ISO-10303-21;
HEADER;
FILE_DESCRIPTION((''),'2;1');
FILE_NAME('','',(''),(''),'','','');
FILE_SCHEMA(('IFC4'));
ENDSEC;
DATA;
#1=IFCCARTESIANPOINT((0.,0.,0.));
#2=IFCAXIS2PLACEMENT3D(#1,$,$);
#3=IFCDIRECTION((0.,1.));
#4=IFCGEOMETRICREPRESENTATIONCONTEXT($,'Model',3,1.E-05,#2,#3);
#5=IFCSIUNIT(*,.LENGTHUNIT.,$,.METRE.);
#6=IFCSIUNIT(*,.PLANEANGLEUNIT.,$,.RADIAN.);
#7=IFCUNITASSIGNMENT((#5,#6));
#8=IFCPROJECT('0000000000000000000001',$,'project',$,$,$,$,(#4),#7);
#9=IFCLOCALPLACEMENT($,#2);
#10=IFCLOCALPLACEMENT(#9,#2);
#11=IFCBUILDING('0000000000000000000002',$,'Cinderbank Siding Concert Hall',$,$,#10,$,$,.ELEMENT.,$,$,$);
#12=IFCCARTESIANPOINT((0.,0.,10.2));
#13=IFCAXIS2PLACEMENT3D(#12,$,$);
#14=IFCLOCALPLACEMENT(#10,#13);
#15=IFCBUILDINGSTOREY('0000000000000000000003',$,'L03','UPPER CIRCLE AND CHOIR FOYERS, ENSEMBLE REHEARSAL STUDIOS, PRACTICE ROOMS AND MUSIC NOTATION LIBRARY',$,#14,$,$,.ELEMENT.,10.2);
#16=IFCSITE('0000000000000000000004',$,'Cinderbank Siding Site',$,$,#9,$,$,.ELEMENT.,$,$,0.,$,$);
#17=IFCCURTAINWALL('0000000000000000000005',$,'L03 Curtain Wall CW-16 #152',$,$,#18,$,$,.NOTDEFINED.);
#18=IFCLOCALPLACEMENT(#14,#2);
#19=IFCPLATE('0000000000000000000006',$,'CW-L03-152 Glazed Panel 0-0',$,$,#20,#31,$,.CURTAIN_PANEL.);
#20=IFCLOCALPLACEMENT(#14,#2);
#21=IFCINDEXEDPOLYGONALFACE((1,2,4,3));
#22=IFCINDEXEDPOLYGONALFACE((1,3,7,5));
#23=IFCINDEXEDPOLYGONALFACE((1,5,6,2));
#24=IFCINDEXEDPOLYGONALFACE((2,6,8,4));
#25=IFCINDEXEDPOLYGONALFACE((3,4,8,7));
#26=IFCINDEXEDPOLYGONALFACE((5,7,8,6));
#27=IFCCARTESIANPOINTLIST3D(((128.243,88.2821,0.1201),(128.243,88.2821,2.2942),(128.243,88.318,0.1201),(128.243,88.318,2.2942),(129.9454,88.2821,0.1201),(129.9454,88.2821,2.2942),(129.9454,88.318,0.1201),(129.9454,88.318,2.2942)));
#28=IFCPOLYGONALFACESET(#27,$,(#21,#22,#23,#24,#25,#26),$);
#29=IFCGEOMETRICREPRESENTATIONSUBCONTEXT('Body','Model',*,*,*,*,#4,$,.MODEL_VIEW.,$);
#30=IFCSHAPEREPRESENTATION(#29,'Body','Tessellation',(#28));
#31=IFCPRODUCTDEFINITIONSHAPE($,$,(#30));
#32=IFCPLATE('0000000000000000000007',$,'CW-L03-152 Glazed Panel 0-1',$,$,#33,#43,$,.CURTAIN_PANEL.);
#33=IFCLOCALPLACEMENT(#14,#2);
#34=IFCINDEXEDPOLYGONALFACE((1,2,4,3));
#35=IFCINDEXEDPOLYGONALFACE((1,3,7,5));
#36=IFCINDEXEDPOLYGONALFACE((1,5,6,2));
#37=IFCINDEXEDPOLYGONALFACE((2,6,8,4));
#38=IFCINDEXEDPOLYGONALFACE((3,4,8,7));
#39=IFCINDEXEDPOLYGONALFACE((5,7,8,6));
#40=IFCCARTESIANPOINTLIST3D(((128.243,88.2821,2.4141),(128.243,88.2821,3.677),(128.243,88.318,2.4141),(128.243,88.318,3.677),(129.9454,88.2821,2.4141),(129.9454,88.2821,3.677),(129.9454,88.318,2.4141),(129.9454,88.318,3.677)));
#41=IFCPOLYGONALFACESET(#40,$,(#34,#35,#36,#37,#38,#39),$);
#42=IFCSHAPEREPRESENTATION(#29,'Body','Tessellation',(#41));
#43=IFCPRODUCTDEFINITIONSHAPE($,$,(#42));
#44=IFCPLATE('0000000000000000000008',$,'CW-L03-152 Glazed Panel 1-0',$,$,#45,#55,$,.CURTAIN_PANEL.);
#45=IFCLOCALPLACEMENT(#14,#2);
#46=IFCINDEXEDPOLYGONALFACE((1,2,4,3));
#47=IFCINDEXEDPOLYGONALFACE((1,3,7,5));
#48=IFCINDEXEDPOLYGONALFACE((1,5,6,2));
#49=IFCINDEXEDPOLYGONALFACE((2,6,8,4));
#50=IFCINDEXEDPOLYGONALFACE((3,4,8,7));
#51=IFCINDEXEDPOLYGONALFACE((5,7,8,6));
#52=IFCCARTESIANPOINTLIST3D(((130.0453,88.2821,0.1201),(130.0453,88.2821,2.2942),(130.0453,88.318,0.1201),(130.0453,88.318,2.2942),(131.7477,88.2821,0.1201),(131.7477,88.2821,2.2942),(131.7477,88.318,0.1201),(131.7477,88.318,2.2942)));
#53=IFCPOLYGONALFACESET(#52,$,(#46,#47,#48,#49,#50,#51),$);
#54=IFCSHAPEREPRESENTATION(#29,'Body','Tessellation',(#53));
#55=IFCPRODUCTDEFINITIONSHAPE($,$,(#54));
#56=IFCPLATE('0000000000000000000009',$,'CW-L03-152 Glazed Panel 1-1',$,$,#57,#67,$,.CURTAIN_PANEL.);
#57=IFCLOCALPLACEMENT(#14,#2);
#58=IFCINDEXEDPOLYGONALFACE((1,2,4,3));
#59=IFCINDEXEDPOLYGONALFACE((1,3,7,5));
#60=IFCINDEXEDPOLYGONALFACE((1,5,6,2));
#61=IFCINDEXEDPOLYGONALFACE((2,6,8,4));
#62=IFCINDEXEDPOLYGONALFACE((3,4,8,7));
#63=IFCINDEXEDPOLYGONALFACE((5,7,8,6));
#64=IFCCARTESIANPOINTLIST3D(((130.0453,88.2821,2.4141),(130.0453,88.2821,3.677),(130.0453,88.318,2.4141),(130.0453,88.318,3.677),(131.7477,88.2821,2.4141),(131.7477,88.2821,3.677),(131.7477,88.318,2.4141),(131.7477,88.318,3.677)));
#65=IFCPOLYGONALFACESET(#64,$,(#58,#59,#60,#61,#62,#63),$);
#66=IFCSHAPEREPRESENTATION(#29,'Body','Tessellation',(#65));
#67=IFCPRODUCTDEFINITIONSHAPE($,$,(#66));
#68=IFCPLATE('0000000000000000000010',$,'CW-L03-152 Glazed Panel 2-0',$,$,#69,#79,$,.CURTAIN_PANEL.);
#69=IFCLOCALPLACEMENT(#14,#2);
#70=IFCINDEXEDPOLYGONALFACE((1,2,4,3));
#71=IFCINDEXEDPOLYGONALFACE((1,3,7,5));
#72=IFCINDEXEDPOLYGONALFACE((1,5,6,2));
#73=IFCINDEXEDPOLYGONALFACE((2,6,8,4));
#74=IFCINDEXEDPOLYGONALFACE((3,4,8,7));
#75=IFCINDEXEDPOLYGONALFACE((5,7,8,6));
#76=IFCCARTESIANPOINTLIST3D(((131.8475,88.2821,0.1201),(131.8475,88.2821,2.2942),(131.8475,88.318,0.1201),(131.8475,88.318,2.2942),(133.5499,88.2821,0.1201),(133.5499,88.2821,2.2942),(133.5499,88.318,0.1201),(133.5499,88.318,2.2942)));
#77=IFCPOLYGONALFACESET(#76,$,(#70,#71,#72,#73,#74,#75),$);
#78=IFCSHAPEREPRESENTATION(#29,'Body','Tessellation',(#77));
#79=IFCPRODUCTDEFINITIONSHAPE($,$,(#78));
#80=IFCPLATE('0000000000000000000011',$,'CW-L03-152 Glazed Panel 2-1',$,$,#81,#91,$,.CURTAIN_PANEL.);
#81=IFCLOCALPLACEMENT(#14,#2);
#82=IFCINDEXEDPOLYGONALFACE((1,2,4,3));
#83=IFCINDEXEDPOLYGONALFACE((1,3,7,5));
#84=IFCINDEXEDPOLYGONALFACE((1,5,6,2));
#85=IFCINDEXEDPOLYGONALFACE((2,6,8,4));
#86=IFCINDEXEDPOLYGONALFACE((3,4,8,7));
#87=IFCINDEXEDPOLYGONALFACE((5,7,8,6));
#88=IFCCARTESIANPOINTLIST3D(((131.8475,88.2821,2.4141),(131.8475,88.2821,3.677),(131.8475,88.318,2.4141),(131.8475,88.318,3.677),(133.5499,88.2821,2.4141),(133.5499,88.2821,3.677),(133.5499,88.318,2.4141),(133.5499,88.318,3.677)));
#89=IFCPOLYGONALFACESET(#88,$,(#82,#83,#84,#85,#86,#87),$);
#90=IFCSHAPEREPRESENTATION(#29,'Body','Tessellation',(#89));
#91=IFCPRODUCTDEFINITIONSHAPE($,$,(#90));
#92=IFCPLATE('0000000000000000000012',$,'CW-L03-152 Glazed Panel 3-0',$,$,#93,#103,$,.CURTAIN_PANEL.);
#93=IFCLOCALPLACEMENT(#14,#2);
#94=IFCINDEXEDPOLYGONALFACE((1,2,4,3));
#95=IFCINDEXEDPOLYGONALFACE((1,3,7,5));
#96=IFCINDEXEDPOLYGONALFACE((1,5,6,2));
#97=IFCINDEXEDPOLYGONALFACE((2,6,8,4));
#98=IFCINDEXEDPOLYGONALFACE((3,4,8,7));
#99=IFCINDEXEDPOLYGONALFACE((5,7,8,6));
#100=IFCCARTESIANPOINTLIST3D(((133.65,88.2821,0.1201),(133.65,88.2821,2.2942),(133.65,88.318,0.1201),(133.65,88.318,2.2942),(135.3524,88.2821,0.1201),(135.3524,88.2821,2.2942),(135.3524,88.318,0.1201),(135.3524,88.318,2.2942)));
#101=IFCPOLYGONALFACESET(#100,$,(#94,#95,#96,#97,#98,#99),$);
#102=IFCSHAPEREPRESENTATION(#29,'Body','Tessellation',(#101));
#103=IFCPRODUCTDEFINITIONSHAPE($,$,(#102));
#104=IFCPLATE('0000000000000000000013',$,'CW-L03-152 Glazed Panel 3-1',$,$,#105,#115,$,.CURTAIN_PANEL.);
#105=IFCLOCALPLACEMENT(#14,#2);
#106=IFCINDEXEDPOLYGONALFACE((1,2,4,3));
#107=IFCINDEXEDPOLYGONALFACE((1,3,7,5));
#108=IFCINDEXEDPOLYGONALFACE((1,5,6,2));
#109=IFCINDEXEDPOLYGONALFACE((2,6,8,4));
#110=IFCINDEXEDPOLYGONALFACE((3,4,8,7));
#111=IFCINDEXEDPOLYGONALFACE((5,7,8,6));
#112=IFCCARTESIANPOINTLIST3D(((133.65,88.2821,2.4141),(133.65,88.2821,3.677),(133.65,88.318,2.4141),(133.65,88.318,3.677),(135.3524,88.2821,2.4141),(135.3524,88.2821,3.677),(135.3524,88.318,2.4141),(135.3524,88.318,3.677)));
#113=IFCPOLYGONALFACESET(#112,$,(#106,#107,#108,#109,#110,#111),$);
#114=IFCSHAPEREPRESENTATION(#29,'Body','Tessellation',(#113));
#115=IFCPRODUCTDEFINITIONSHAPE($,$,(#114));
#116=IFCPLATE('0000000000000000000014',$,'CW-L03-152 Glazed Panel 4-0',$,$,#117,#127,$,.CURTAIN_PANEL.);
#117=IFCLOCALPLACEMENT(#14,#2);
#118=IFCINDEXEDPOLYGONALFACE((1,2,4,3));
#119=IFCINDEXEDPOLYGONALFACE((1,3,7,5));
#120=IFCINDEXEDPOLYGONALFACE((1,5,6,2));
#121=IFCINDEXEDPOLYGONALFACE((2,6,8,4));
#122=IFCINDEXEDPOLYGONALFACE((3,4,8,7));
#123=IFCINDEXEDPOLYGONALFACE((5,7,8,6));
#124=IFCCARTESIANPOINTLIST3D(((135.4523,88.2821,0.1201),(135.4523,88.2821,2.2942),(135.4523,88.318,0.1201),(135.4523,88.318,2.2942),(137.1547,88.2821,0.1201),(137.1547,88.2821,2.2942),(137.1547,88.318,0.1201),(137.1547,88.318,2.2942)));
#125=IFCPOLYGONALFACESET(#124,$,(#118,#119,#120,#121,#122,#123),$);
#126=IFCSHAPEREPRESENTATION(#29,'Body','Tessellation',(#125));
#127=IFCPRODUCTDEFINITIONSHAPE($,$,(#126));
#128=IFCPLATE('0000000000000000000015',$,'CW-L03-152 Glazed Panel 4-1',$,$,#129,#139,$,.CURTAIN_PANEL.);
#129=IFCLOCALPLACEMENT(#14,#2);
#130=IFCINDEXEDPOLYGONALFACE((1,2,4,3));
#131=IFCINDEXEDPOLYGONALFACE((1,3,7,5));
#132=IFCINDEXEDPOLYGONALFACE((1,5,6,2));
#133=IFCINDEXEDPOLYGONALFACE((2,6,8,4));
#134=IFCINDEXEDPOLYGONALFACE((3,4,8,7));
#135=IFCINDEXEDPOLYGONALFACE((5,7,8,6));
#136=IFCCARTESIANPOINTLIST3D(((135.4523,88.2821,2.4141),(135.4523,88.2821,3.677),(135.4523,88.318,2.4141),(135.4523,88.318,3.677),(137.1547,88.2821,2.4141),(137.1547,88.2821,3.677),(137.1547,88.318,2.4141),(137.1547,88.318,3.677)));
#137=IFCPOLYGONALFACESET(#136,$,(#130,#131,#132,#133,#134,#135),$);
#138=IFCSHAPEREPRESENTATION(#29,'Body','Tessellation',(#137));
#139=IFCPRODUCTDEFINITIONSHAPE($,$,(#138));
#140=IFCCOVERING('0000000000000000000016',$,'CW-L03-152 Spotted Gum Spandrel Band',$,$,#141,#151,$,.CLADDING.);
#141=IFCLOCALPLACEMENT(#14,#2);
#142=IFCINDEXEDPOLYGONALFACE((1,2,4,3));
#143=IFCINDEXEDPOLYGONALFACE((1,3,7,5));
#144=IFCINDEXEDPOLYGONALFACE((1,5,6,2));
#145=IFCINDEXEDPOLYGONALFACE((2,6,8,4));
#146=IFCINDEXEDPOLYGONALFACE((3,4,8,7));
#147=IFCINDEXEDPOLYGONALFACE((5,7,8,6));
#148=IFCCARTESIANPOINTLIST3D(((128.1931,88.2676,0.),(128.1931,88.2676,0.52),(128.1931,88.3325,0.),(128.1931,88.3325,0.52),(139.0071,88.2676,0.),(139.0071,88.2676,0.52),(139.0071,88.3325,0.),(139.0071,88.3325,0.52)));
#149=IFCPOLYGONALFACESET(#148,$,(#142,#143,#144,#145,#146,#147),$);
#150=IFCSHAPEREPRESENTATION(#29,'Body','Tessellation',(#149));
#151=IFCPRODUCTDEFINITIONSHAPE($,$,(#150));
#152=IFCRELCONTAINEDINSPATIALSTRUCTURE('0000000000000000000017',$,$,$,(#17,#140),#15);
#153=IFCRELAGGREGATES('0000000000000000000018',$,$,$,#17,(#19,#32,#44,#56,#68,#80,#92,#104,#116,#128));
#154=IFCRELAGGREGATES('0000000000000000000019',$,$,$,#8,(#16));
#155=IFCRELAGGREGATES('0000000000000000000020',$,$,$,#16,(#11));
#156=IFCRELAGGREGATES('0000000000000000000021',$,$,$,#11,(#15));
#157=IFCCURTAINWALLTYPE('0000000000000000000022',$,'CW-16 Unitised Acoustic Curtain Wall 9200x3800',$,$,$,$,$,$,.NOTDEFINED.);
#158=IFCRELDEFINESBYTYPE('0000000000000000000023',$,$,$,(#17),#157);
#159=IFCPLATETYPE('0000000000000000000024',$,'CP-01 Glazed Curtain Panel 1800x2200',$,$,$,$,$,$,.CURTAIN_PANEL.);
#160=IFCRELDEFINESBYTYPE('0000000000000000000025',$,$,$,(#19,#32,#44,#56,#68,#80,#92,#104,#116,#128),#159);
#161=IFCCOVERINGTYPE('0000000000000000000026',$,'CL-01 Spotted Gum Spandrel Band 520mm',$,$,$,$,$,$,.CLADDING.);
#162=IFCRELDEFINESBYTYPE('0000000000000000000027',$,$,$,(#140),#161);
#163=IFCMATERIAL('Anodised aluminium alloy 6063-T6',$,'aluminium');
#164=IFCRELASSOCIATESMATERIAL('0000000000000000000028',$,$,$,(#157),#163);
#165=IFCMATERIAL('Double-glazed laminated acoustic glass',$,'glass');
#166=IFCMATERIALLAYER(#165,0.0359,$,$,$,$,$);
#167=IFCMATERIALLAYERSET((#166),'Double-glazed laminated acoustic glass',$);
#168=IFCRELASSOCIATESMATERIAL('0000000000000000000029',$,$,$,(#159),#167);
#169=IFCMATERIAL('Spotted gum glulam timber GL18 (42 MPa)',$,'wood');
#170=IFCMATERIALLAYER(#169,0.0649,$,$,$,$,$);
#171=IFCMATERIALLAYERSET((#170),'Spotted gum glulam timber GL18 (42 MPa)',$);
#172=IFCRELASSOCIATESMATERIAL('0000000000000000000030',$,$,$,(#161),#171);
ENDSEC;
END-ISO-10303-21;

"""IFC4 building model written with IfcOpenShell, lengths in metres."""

from ifc_helpers import new_model, si_unit, direction, frame, origin, origin_2d, place, context, subcontext, project, spatial, rectangle, extrude, material, layer, layer_set, type_object, element, aggregate, save


model = new_model("IFC4")

# Units and contexts
model_context = context("Model", 3, precision=1e-05, world=origin(), true_north=direction((0.0, 1.0)))
body_context = subcontext(model_context, "Body", "Model", "MODEL_VIEW")
ifc_project = project(units=[si_unit("LENGTHUNIT", "METRE"), si_unit("PLANEANGLEUNIT", "RADIAN")], contexts=[model_context])

# Site, building, storey
site_placement = place(None, origin())
site = spatial("IfcSite", under=ifc_project, at=site_placement, Name="Cinderbank Siding Site", CompositionType="ELEMENT", RefElevation=0.0)
building_placement = place(site_placement, origin())
building = spatial("IfcBuilding", under=site, at=building_placement, Name="Cinderbank Siding Concert Hall", CompositionType="ELEMENT")
storey_placement = place(building_placement, frame((0.0, 0.0, 10.2)))
storey = spatial("IfcBuildingStorey", under=building, at=storey_placement, Name="L03", Description="UPPER CIRCLE AND CHOIR FOYERS, ENSEMBLE REHEARSAL STUDIOS, PRACTICE ROOMS AND MUSIC NOTATION LIBRARY", CompositionType="ELEMENT", Elevation=10.2)

# Shared definitions
ifc_material_1 = material(Name="Anodised aluminium alloy 6063-T6", Category="aluminium")

# Curtain wall
curtain_wall_type_1 = type_object("IfcCurtainWallType", Name="CW-16 Unitised Acoustic Curtain Wall 9200x3800", PredefinedType="NOTDEFINED", material=ifc_material_1)
curtain_wall_1_placement = place(storey_placement, origin())
curtain_wall_1 = element("IfcCurtainWall", 1, at=curtain_wall_1_placement, inside=storey, type_object=curtain_wall_type_1, Name="L03 Curtain Wall CW-16 #152", PredefinedType="NOTDEFINED")

# Shared definitions
ifc_material_2 = material(Name="Spotted gum glulam timber GL18 (42 MPa)", Category="wood")

# Plates
ifc_material_3 = material(Name="Double-glazed laminated acoustic glass", Category="glass")
ifc_layer_1 = layer(ifc_material_3, 0.0359)
ifc_layer_set_1 = layer_set([ifc_layer_1], Name="Double-glazed laminated acoustic glass")
plate_type = type_object("IfcPlateType", Name="CP-01 Glazed Curtain Panel 1800x2200", PredefinedType="CURTAIN_PANEL", material=ifc_layer_set_1)
plate_1_placement = place(storey_placement, frame((129.0942, 88.3, 0.1201), z_axis=(0.0, 0.0, 1.0), x_axis=(1.0, 0.0, 0.0)))
plate_1 = element("IfcPlate", 2, at=plate_1_placement, type_object=plate_type, Name="CW-L03-152 Glazed Panel 0-0", PredefinedType="CURTAIN_PANEL", context=body_context, shape_type="SweptSolid", body=[
    extrude(rectangle(XDim=1.7024, YDim=0.0359, at=origin_2d()), origin(), (0.0, 0.0, 1.0), 2.1741),
])
plate_2_placement = place(storey_placement, frame((129.0942, 88.3, 2.4141), z_axis=(0.0, 0.0, 1.0), x_axis=(1.0, 0.0, 0.0)))
plate_2 = element("IfcPlate", 3, at=plate_2_placement, type_object=plate_type, Name="CW-L03-152 Glazed Panel 0-1", PredefinedType="CURTAIN_PANEL", context=body_context, shape_type="SweptSolid", body=[
    extrude(rectangle(XDim=1.7024, YDim=0.0359, at=origin_2d()), origin(), (0.0, 0.0, 1.0), 1.2629),
])
plate_3_placement = place(storey_placement, frame((130.8965, 88.3, 0.1201), z_axis=(0.0, 0.0, 1.0), x_axis=(1.0, 0.0, 0.0)))
plate_3 = element("IfcPlate", 4, at=plate_3_placement, type_object=plate_type, Name="CW-L03-152 Glazed Panel 1-0", PredefinedType="CURTAIN_PANEL", context=body_context, shape_type="SweptSolid", body=[
    extrude(rectangle(XDim=1.7024, YDim=0.0359, at=origin_2d()), origin(), (0.0, 0.0, 1.0), 2.1741),
])
plate_4_placement = place(storey_placement, frame((130.8965, 88.3, 2.4141), z_axis=(0.0, 0.0, 1.0), x_axis=(1.0, 0.0, 0.0)))
plate_4 = element("IfcPlate", 5, at=plate_4_placement, type_object=plate_type, Name="CW-L03-152 Glazed Panel 1-1", PredefinedType="CURTAIN_PANEL", context=body_context, shape_type="SweptSolid", body=[
    extrude(rectangle(XDim=1.7024, YDim=0.0359, at=origin_2d()), origin(), (0.0, 0.0, 1.0), 1.2629),
])
plate_5_placement = place(storey_placement, frame((132.6987, 88.3, 0.1201), z_axis=(0.0, 0.0, 1.0), x_axis=(1.0, 0.0, 0.0)))
plate_5 = element("IfcPlate", 6, at=plate_5_placement, type_object=plate_type, Name="CW-L03-152 Glazed Panel 2-0", PredefinedType="CURTAIN_PANEL", context=body_context, shape_type="SweptSolid", body=[
    extrude(rectangle(XDim=1.7024, YDim=0.0359, at=origin_2d()), origin(), (0.0, 0.0, 1.0), 2.1741),
])
plate_6_placement = place(storey_placement, frame((132.6987, 88.3, 2.4141), z_axis=(0.0, 0.0, 1.0), x_axis=(1.0, 0.0, 0.0)))
plate_6 = element("IfcPlate", 7, at=plate_6_placement, type_object=plate_type, Name="CW-L03-152 Glazed Panel 2-1", PredefinedType="CURTAIN_PANEL", context=body_context, shape_type="SweptSolid", body=[
    extrude(rectangle(XDim=1.7024, YDim=0.0359, at=origin_2d()), origin(), (0.0, 0.0, 1.0), 1.2629),
])
plate_7_placement = place(storey_placement, frame((134.5012, 88.3, 0.1201), z_axis=(0.0, 0.0, 1.0), x_axis=(1.0, 0.0, 0.0)))
plate_7 = element("IfcPlate", 8, at=plate_7_placement, type_object=plate_type, Name="CW-L03-152 Glazed Panel 3-0", PredefinedType="CURTAIN_PANEL", context=body_context, shape_type="SweptSolid", body=[
    extrude(rectangle(XDim=1.7024, YDim=0.0359, at=origin_2d()), origin(), (0.0, 0.0, 1.0), 2.1741),
])
plate_8_placement = place(storey_placement, frame((134.5012, 88.3, 2.4141), z_axis=(0.0, 0.0, 1.0), x_axis=(1.0, 0.0, 0.0)))
plate_8 = element("IfcPlate", 9, at=plate_8_placement, type_object=plate_type, Name="CW-L03-152 Glazed Panel 3-1", PredefinedType="CURTAIN_PANEL", context=body_context, shape_type="SweptSolid", body=[
    extrude(rectangle(XDim=1.7024, YDim=0.0359, at=origin_2d()), origin(), (0.0, 0.0, 1.0), 1.2629),
])
plate_9_placement = place(storey_placement, frame((136.3035, 88.3, 0.1201), z_axis=(0.0, 0.0, 1.0), x_axis=(1.0, 0.0, 0.0)))
plate_9 = element("IfcPlate", 10, at=plate_9_placement, type_object=plate_type, Name="CW-L03-152 Glazed Panel 4-0", PredefinedType="CURTAIN_PANEL", context=body_context, shape_type="SweptSolid", body=[
    extrude(rectangle(XDim=1.7024, YDim=0.0359, at=origin_2d()), origin(), (0.0, 0.0, 1.0), 2.1741),
])
plate_10_placement = place(storey_placement, frame((136.3035, 88.3, 2.4141), z_axis=(0.0, 0.0, 1.0), x_axis=(1.0, 0.0, 0.0)))
plate_10 = element("IfcPlate", 11, at=plate_10_placement, type_object=plate_type, Name="CW-L03-152 Glazed Panel 4-1", PredefinedType="CURTAIN_PANEL", context=body_context, shape_type="SweptSolid", body=[
    extrude(rectangle(XDim=1.7024, YDim=0.0359, at=origin_2d()), origin(), (0.0, 0.0, 1.0), 1.2629),
])
aggregate(curtain_wall_1, [plate_1, plate_2, plate_3, plate_4, plate_5, plate_6, plate_7, plate_8, plate_9, plate_10])

# Covering
ifc_layer_2 = layer(ifc_material_2, 0.0649)
ifc_layer_set_2 = layer_set([ifc_layer_2], Name="Spotted gum glulam timber GL18 (42 MPa)")
covering_type = type_object("IfcCoveringType", Name="CL-01 Spotted Gum Spandrel Band 520mm", PredefinedType="CLADDING", material=ifc_layer_set_2)
covering_placement = place(storey_placement, frame((133.6001, 88.3, 0.0), z_axis=(0.0, 0.0, 1.0), x_axis=(1.0, 0.0, 0.0)))
element("IfcCovering", 12, at=covering_placement, inside=storey, type_object=covering_type, Name="CW-L03-152 Spotted Gum Spandrel Band", PredefinedType="CLADDING", context=body_context, shape_type="SweptSolid", body=[
    extrude(rectangle(XDim=10.814, YDim=0.0649, at=origin_2d()), origin(), (0.0, 0.0, 1.0), 0.52),
])

save(model, "model.ifc")
